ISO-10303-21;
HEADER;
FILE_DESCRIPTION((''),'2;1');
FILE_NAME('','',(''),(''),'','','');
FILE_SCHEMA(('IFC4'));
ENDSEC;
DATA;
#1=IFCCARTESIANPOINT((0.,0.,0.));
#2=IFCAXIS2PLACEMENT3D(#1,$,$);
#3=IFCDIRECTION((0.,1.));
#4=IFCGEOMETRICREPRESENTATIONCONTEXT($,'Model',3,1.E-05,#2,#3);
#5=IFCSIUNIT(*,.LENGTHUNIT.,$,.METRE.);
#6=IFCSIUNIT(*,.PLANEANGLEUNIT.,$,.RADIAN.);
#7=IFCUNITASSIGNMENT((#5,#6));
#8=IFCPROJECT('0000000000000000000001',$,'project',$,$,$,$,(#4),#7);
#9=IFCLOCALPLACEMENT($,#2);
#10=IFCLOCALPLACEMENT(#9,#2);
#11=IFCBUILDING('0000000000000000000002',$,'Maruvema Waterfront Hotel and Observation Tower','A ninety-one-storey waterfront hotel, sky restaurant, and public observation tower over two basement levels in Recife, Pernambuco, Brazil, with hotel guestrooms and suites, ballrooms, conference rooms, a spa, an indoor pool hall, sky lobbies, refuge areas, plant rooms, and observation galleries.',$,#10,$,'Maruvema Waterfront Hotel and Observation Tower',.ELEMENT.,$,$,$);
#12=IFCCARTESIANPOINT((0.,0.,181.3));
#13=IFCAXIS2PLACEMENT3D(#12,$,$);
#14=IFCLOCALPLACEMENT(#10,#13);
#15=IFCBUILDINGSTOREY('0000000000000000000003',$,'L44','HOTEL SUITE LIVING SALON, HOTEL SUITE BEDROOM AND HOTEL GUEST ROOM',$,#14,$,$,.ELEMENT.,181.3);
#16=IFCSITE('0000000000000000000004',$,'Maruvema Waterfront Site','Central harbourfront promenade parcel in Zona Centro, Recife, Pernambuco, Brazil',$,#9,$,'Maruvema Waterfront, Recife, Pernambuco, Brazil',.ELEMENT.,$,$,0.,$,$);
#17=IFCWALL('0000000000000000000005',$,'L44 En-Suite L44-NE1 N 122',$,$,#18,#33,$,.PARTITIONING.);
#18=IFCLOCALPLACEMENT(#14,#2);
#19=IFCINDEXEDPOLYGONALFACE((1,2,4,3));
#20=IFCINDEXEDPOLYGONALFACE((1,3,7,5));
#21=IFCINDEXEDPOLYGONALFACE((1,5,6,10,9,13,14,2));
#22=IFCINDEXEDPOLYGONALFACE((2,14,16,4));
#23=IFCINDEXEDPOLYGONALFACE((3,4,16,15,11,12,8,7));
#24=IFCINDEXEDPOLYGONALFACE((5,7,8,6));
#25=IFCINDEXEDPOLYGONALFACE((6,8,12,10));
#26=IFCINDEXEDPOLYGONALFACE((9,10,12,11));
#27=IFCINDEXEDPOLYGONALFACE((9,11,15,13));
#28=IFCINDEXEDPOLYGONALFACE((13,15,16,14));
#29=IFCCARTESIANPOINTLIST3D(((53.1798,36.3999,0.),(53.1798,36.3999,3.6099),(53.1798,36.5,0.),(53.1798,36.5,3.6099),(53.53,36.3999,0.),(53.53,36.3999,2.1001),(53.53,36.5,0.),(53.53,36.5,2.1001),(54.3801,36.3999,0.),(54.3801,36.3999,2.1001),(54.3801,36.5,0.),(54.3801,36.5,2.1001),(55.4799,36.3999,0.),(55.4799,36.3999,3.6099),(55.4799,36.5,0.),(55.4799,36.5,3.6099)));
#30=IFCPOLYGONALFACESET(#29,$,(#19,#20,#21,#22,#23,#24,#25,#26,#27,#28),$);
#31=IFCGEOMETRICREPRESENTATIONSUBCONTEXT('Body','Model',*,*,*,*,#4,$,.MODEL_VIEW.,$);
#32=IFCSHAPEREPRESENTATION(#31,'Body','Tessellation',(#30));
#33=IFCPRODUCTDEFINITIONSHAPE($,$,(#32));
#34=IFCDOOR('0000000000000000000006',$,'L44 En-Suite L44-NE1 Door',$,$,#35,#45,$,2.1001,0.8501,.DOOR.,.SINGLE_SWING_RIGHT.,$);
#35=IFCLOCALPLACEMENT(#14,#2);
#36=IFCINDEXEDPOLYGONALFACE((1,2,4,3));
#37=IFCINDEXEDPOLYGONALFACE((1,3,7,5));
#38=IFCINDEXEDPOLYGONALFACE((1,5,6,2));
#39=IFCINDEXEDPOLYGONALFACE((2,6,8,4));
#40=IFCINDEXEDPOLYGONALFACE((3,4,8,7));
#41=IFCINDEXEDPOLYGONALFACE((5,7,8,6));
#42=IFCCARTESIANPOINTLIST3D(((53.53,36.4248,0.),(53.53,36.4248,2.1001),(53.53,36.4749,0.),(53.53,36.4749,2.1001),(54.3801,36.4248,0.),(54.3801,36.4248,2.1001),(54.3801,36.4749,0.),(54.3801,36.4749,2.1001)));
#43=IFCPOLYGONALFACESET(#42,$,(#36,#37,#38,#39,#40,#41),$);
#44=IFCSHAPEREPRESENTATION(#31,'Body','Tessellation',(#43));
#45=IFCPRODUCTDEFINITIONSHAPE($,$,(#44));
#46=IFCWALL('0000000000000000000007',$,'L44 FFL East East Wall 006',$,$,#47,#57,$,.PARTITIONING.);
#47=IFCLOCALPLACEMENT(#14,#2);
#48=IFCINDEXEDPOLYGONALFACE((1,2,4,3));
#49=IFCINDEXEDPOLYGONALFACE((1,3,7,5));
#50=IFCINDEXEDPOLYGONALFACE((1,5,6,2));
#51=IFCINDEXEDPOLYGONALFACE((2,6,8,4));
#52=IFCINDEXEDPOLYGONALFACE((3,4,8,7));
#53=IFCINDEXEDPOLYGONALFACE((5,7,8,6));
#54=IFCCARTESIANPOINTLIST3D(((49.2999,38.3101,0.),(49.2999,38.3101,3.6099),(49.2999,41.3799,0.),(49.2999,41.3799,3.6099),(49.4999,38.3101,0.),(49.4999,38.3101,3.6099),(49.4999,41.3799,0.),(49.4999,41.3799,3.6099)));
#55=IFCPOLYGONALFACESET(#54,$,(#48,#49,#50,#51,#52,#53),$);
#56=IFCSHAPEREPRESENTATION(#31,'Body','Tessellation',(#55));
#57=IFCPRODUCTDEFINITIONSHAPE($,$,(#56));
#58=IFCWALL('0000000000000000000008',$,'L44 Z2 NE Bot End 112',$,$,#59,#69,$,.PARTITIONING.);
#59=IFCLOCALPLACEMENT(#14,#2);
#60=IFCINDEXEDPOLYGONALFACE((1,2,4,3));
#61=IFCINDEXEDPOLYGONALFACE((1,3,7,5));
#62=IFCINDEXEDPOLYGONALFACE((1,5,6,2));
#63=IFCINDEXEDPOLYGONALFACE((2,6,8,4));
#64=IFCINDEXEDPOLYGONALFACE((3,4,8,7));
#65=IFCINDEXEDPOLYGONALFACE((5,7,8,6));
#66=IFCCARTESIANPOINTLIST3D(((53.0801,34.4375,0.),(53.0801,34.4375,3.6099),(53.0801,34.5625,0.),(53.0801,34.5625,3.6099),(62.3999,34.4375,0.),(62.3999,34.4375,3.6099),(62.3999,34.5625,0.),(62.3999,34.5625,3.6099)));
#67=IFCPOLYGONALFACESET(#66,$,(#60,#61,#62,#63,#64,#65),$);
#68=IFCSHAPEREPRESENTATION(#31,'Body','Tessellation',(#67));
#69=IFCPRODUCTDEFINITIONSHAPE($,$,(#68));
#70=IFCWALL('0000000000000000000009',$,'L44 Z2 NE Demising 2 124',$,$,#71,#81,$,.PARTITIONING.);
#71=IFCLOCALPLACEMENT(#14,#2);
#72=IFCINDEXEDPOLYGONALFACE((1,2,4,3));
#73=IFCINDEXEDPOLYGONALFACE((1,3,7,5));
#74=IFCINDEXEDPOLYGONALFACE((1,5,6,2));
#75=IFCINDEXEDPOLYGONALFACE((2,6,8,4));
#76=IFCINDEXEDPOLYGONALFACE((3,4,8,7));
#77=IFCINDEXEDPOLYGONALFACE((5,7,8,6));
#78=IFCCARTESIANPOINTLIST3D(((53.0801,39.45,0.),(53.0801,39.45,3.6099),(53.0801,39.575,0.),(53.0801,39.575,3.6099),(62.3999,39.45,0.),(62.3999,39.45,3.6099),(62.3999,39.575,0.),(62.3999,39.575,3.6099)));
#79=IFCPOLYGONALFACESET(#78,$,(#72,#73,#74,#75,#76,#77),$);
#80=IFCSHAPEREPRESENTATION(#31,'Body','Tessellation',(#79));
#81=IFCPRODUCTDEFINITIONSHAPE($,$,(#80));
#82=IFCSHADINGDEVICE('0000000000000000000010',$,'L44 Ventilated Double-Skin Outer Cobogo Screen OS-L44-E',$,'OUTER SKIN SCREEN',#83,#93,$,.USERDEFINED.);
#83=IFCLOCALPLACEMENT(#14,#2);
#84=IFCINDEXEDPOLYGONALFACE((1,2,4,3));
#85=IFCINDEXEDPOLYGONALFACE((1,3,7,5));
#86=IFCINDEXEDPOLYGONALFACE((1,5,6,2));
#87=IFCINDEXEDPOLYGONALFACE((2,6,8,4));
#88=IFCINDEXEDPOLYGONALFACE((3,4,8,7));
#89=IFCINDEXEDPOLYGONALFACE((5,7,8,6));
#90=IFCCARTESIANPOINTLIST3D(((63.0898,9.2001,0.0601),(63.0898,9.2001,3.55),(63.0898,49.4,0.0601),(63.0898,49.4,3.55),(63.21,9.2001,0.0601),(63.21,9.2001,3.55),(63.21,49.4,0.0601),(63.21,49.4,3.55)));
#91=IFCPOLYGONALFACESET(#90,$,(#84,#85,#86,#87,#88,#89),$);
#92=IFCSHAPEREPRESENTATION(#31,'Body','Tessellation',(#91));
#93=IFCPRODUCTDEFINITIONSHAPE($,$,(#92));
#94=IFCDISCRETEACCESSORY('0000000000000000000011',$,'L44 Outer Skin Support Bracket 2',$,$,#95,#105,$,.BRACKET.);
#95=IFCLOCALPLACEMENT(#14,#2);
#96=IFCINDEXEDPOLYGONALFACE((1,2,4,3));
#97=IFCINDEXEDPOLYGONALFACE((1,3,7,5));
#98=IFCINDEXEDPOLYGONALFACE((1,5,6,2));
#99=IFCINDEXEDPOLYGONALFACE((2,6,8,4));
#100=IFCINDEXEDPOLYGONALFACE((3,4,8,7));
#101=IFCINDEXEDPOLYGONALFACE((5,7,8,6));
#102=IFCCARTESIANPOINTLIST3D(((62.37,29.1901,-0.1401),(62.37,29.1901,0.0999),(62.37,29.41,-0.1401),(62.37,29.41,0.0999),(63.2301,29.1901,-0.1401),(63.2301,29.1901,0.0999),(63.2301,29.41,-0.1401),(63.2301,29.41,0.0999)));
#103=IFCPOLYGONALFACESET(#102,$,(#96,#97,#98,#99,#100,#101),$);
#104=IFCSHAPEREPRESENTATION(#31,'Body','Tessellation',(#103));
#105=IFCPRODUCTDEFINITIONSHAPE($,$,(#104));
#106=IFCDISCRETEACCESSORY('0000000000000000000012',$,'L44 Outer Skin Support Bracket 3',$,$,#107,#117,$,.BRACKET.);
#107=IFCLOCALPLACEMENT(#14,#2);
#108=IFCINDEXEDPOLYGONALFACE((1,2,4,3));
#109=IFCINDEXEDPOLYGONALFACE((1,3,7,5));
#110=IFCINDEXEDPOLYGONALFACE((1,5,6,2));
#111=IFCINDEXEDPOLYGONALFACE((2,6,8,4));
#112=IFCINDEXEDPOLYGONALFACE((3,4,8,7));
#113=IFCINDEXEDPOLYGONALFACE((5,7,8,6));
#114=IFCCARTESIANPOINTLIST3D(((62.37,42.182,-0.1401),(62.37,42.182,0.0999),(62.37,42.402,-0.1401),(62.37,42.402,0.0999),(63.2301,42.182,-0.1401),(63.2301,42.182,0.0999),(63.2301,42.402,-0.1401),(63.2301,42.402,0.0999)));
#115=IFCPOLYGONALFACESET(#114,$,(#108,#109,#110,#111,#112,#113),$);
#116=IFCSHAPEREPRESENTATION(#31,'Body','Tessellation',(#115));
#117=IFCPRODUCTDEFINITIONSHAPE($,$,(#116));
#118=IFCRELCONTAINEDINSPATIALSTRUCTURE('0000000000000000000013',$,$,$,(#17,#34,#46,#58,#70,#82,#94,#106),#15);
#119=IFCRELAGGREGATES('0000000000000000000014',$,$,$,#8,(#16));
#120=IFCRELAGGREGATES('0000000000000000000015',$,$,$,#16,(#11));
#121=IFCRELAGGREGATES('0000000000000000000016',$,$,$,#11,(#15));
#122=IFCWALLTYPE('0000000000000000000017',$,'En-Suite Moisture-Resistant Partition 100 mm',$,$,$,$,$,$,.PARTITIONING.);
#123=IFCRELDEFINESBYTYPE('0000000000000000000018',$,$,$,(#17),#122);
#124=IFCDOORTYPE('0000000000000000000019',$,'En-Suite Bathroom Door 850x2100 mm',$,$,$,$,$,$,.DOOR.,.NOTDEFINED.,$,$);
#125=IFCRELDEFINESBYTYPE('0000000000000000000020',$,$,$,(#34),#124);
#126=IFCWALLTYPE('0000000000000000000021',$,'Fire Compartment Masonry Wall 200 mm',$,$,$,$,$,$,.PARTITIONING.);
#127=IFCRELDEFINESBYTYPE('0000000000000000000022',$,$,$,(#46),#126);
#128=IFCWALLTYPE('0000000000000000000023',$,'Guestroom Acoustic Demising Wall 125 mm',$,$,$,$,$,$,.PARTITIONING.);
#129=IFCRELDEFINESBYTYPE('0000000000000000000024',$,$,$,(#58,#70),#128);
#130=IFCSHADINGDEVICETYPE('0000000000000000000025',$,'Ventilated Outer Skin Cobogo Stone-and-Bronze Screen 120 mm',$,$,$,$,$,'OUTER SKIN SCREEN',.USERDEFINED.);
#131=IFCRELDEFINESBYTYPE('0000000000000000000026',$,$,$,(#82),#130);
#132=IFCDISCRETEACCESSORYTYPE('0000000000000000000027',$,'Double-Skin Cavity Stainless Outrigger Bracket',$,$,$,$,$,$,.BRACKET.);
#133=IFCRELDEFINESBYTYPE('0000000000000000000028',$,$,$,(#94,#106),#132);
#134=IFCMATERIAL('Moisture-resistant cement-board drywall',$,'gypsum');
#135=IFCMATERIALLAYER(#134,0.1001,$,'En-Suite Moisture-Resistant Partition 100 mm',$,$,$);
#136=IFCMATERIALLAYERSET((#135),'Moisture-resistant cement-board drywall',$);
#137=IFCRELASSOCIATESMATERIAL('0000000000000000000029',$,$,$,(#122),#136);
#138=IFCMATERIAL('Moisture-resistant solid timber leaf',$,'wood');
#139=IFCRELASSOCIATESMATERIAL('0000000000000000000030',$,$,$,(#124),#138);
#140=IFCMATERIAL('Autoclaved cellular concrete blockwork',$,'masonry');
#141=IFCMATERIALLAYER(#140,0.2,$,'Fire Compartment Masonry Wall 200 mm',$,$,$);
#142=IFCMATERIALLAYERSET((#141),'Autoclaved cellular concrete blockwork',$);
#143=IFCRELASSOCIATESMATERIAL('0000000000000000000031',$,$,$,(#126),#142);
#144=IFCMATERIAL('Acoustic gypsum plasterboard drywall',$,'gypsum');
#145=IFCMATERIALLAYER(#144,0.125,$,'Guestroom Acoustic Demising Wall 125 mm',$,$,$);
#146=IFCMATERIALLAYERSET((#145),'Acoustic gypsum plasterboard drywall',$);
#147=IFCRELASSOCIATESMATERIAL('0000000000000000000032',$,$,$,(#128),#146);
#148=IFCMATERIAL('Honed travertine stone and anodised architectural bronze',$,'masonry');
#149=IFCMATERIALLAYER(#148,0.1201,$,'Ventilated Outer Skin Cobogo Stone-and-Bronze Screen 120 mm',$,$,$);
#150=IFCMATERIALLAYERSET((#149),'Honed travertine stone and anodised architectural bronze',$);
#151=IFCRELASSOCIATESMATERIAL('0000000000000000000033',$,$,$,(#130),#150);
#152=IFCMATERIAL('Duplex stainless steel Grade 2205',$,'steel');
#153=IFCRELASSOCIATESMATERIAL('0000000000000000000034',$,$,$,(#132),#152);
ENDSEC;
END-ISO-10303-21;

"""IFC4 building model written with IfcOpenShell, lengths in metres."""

from ifc_helpers import new_model, si_unit, direction, frame, frame_2d, origin, origin_2d, place, context, subcontext, project, spatial, rectangle, extrude, material, layer, layer_set, type_object, element, fill, save


model = new_model("IFC4")

# Units and contexts
model_context = context("Model", 3, precision=1e-05, world=origin(), true_north=direction((0.0, 1.0)))
body_context = subcontext(model_context, "Body", "Model", "MODEL_VIEW")
ifc_project = project(units=[si_unit("LENGTHUNIT", "METRE"), si_unit("PLANEANGLEUNIT", "RADIAN")], contexts=[model_context])

# Site, building, storey
site_placement = place(None, origin())
site = spatial("IfcSite", under=ifc_project, at=site_placement, Name="Maruvema Waterfront Site", Description="Central harbourfront promenade parcel in Zona Centro, Recife, Pernambuco, Brazil", LongName="Maruvema Waterfront, Recife, Pernambuco, Brazil", CompositionType="ELEMENT", RefElevation=0.0)
building_placement = place(site_placement, origin())
building = spatial("IfcBuilding", under=site, at=building_placement, Name="Maruvema Waterfront Hotel and Observation Tower", Description="A ninety-one-storey waterfront hotel, sky restaurant, and public observation tower over two basement levels in Recife, Pernambuco, Brazil, with hotel guestrooms and suites, ballrooms, conference rooms, a spa, an indoor pool hall, sky lobbies, refuge areas, plant rooms, and observation galleries.", LongName="Maruvema Waterfront Hotel and Observation Tower", CompositionType="ELEMENT")
storey_placement = place(building_placement, frame((0.0, 0.0, 181.3)))
storey = spatial("IfcBuildingStorey", under=building, at=storey_placement, Name="L44", Description="HOTEL SUITE LIVING SALON, HOTEL SUITE BEDROOM AND HOTEL GUEST ROOM", CompositionType="ELEMENT", Elevation=181.3)

# Shared definitions
ifc_material_1 = material(Name="Moisture-resistant cement-board drywall", Category="gypsum")
ifc_layer_1 = layer(ifc_material_1, 0.1001, Name="En-Suite Moisture-Resistant Partition 100 mm")
ifc_layer_set_1 = layer_set([ifc_layer_1], Name="Moisture-resistant cement-board drywall")
wall_type_1 = type_object("IfcWallType", Name="En-Suite Moisture-Resistant Partition 100 mm", PredefinedType="PARTITIONING", material=ifc_layer_set_1)

# Wall, opening, door
wall_1_placement = place(storey_placement, frame((53.1799, 36.45, 0.0), z_axis=(0.0, 0.0, 1.0), x_axis=(1.0, 0.0, 0.0)))
wall_1 = element("IfcWall", 1, at=wall_1_placement, inside=storey, type_object=wall_type_1, Name="L44 En-Suite L44-NE1 N 122", PredefinedType="PARTITIONING", context=body_context, shape_type="SweptSolid", body=[
    extrude(rectangle(XDim=2.3, YDim=0.1001, at=frame_2d((1.1499, 0.0))), origin(), (0.0, 0.0, 1.0), 3.6099),
])
opening_1_placement = place(wall_1_placement, frame((0.3501, 0.0, 0.0)))
opening_1 = element("IfcOpeningElement", 2, at=opening_1_placement, cuts=wall_1, PredefinedType="OPENING", context=body_context, shape_type="SweptSolid", body=[
    extrude(rectangle(XDim=0.8501, YDim=2.1001, at=frame_2d((0.425, 1.05))), frame((0.0, 0.0601, 0.0), z_axis=(0.0, -1.0, 0.0), x_axis=(1.0, 0.0, 0.0)), (0.0, 0.0, 1.0), 0.1201),
])
ifc_material_2 = material(Name="Moisture-resistant solid timber leaf", Category="wood")
door_type_1 = type_object("IfcDoorType", Name="En-Suite Bathroom Door 850x2100 mm", OperationType="NOTDEFINED", PredefinedType="DOOR", material=ifc_material_2)
door_1_placement = place(opening_1_placement, origin())
door_1 = element("IfcDoor", 3, at=door_1_placement, inside=storey, type_object=door_type_1, Name="L44 En-Suite L44-NE1 Door", OperationType="SINGLE_SWING_RIGHT", OverallHeight=2.1001, OverallWidth=0.8501, PredefinedType="DOOR", context=body_context, shape_type="SweptSolid", body=[
    extrude(rectangle(XDim=0.8501, YDim=2.1001, at=frame_2d((0.425, 1.05))), frame((0.0, 0.0249, 0.0), z_axis=(0.0, -1.0, 0.0), x_axis=(1.0, 0.0, 0.0)), (0.0, 0.0, 1.0), 0.05),
])
fill(opening_1, door_1)

# Walls
ifc_material_3 = material(Name="Autoclaved cellular concrete blockwork", Category="masonry")
ifc_layer_2 = layer(ifc_material_3, 0.2, Name="Fire Compartment Masonry Wall 200 mm")
ifc_layer_set_2 = layer_set([ifc_layer_2], Name="Autoclaved cellular concrete blockwork")
wall_type_2 = type_object("IfcWallType", Name="Fire Compartment Masonry Wall 200 mm", PredefinedType="PARTITIONING", material=ifc_layer_set_2)
wall_2_placement = place(storey_placement, frame((49.3999, 38.3101, 0.0), z_axis=(0.0, 0.0, 1.0), x_axis=(0.0, 1.0, 0.0)))
element("IfcWall", 4, at=wall_2_placement, inside=storey, type_object=wall_type_2, Name="L44 FFL East East Wall 006", PredefinedType="PARTITIONING", context=body_context, shape_type="SweptSolid", body=[
    extrude(rectangle(XDim=3.0698, YDim=0.2, at=frame_2d((1.5349, 0.0))), origin(), (0.0, 0.0, 1.0), 3.6099),
])
ifc_material_4 = material(Name="Acoustic gypsum plasterboard drywall", Category="gypsum")
ifc_layer_3 = layer(ifc_material_4, 0.125, Name="Guestroom Acoustic Demising Wall 125 mm")
ifc_layer_set_3 = layer_set([ifc_layer_3], Name="Acoustic gypsum plasterboard drywall")
wall_type_3 = type_object("IfcWallType", Name="Guestroom Acoustic Demising Wall 125 mm", PredefinedType="PARTITIONING", material=ifc_layer_set_3)
for number, where, z_axis, x_axis, name in (
    (5, (53.0801, 34.5, 0.0), (0.0, 0.0, 1.0), (1.0, 0.0, 0.0), "L44 Z2 NE Bot End 112"),
    (6, (53.0801, 39.5125, 0.0), (0.0, 0.0, 1.0), (1.0, 0.0, 0.0), "L44 Z2 NE Demising 2 124"),
):
    element("IfcWall", number, at=place(storey_placement, frame(where, z_axis=z_axis, x_axis=x_axis)), inside=storey, type_object=wall_type_3, Name=name, PredefinedType="PARTITIONING", context=body_context, shape_type="SweptSolid", body=[
        extrude(rectangle(XDim=9.3198, YDim=0.125, at=frame_2d((4.6599, 0.0))), origin(), (0.0, 0.0, 1.0), 3.6099),
    ])

# Shading device
ifc_material_5 = material(Name="Honed travertine stone and anodised architectural bronze", Category="masonry")
ifc_layer_4 = layer(ifc_material_5, 0.1201, Name="Ventilated Outer Skin Cobogo Stone-and-Bronze Screen 120 mm")
ifc_layer_set_4 = layer_set([ifc_layer_4], Name="Honed travertine stone and anodised architectural bronze")
shading_device_type = type_object("IfcShadingDeviceType", Name="Ventilated Outer Skin Cobogo Stone-and-Bronze Screen 120 mm", ElementType="OUTER SKIN SCREEN", PredefinedType="USERDEFINED", material=ifc_layer_set_4)
shading_device_placement = place(storey_placement, frame((63.1499, 29.3, 0.0601), z_axis=(0.0, 0.0, 1.0), x_axis=(0.0, 1.0, 0.0)))
element("IfcShadingDevice", 7, at=shading_device_placement, inside=storey, type_object=shading_device_type, Name="L44 Ventilated Double-Skin Outer Cobogo Screen OS-L44-E", ObjectType="OUTER SKIN SCREEN", PredefinedType="USERDEFINED", context=body_context, shape_type="SweptSolid", body=[
    extrude(rectangle(XDim=40.2, YDim=0.1201, at=origin_2d()), origin(), (0.0, 0.0, 1.0), 3.49),
])

# Discrete accessories
ifc_material_6 = material(Name="Duplex stainless steel Grade 2205", Category="steel")
discrete_accessory_type = type_object("IfcDiscreteAccessoryType", Name="Double-Skin Cavity Stainless Outrigger Bracket", PredefinedType="BRACKET", material=ifc_material_6)
for number, where, z_axis, x_axis, name in (
    (8, (62.8, 29.3, -0.1401), (0.0, 0.0, 1.0), (0.0, 1.0, 0.0), "L44 Outer Skin Support Bracket 2"),
    (9, (62.8, 42.292, -0.1401), (0.0, 0.0, 1.0), (0.0, 1.0, 0.0), "L44 Outer Skin Support Bracket 3"),
):
    element("IfcDiscreteAccessory", number, at=place(storey_placement, frame(where, z_axis=z_axis, x_axis=x_axis)), inside=storey, type_object=discrete_accessory_type, Name=name, PredefinedType="BRACKET", context=body_context, shape_type="SweptSolid", body=[
        extrude(rectangle(XDim=0.22, YDim=0.8601, at=origin_2d()), origin(), (0.0, 0.0, 1.0), 0.24),
    ])

save(model, "model.ifc")
